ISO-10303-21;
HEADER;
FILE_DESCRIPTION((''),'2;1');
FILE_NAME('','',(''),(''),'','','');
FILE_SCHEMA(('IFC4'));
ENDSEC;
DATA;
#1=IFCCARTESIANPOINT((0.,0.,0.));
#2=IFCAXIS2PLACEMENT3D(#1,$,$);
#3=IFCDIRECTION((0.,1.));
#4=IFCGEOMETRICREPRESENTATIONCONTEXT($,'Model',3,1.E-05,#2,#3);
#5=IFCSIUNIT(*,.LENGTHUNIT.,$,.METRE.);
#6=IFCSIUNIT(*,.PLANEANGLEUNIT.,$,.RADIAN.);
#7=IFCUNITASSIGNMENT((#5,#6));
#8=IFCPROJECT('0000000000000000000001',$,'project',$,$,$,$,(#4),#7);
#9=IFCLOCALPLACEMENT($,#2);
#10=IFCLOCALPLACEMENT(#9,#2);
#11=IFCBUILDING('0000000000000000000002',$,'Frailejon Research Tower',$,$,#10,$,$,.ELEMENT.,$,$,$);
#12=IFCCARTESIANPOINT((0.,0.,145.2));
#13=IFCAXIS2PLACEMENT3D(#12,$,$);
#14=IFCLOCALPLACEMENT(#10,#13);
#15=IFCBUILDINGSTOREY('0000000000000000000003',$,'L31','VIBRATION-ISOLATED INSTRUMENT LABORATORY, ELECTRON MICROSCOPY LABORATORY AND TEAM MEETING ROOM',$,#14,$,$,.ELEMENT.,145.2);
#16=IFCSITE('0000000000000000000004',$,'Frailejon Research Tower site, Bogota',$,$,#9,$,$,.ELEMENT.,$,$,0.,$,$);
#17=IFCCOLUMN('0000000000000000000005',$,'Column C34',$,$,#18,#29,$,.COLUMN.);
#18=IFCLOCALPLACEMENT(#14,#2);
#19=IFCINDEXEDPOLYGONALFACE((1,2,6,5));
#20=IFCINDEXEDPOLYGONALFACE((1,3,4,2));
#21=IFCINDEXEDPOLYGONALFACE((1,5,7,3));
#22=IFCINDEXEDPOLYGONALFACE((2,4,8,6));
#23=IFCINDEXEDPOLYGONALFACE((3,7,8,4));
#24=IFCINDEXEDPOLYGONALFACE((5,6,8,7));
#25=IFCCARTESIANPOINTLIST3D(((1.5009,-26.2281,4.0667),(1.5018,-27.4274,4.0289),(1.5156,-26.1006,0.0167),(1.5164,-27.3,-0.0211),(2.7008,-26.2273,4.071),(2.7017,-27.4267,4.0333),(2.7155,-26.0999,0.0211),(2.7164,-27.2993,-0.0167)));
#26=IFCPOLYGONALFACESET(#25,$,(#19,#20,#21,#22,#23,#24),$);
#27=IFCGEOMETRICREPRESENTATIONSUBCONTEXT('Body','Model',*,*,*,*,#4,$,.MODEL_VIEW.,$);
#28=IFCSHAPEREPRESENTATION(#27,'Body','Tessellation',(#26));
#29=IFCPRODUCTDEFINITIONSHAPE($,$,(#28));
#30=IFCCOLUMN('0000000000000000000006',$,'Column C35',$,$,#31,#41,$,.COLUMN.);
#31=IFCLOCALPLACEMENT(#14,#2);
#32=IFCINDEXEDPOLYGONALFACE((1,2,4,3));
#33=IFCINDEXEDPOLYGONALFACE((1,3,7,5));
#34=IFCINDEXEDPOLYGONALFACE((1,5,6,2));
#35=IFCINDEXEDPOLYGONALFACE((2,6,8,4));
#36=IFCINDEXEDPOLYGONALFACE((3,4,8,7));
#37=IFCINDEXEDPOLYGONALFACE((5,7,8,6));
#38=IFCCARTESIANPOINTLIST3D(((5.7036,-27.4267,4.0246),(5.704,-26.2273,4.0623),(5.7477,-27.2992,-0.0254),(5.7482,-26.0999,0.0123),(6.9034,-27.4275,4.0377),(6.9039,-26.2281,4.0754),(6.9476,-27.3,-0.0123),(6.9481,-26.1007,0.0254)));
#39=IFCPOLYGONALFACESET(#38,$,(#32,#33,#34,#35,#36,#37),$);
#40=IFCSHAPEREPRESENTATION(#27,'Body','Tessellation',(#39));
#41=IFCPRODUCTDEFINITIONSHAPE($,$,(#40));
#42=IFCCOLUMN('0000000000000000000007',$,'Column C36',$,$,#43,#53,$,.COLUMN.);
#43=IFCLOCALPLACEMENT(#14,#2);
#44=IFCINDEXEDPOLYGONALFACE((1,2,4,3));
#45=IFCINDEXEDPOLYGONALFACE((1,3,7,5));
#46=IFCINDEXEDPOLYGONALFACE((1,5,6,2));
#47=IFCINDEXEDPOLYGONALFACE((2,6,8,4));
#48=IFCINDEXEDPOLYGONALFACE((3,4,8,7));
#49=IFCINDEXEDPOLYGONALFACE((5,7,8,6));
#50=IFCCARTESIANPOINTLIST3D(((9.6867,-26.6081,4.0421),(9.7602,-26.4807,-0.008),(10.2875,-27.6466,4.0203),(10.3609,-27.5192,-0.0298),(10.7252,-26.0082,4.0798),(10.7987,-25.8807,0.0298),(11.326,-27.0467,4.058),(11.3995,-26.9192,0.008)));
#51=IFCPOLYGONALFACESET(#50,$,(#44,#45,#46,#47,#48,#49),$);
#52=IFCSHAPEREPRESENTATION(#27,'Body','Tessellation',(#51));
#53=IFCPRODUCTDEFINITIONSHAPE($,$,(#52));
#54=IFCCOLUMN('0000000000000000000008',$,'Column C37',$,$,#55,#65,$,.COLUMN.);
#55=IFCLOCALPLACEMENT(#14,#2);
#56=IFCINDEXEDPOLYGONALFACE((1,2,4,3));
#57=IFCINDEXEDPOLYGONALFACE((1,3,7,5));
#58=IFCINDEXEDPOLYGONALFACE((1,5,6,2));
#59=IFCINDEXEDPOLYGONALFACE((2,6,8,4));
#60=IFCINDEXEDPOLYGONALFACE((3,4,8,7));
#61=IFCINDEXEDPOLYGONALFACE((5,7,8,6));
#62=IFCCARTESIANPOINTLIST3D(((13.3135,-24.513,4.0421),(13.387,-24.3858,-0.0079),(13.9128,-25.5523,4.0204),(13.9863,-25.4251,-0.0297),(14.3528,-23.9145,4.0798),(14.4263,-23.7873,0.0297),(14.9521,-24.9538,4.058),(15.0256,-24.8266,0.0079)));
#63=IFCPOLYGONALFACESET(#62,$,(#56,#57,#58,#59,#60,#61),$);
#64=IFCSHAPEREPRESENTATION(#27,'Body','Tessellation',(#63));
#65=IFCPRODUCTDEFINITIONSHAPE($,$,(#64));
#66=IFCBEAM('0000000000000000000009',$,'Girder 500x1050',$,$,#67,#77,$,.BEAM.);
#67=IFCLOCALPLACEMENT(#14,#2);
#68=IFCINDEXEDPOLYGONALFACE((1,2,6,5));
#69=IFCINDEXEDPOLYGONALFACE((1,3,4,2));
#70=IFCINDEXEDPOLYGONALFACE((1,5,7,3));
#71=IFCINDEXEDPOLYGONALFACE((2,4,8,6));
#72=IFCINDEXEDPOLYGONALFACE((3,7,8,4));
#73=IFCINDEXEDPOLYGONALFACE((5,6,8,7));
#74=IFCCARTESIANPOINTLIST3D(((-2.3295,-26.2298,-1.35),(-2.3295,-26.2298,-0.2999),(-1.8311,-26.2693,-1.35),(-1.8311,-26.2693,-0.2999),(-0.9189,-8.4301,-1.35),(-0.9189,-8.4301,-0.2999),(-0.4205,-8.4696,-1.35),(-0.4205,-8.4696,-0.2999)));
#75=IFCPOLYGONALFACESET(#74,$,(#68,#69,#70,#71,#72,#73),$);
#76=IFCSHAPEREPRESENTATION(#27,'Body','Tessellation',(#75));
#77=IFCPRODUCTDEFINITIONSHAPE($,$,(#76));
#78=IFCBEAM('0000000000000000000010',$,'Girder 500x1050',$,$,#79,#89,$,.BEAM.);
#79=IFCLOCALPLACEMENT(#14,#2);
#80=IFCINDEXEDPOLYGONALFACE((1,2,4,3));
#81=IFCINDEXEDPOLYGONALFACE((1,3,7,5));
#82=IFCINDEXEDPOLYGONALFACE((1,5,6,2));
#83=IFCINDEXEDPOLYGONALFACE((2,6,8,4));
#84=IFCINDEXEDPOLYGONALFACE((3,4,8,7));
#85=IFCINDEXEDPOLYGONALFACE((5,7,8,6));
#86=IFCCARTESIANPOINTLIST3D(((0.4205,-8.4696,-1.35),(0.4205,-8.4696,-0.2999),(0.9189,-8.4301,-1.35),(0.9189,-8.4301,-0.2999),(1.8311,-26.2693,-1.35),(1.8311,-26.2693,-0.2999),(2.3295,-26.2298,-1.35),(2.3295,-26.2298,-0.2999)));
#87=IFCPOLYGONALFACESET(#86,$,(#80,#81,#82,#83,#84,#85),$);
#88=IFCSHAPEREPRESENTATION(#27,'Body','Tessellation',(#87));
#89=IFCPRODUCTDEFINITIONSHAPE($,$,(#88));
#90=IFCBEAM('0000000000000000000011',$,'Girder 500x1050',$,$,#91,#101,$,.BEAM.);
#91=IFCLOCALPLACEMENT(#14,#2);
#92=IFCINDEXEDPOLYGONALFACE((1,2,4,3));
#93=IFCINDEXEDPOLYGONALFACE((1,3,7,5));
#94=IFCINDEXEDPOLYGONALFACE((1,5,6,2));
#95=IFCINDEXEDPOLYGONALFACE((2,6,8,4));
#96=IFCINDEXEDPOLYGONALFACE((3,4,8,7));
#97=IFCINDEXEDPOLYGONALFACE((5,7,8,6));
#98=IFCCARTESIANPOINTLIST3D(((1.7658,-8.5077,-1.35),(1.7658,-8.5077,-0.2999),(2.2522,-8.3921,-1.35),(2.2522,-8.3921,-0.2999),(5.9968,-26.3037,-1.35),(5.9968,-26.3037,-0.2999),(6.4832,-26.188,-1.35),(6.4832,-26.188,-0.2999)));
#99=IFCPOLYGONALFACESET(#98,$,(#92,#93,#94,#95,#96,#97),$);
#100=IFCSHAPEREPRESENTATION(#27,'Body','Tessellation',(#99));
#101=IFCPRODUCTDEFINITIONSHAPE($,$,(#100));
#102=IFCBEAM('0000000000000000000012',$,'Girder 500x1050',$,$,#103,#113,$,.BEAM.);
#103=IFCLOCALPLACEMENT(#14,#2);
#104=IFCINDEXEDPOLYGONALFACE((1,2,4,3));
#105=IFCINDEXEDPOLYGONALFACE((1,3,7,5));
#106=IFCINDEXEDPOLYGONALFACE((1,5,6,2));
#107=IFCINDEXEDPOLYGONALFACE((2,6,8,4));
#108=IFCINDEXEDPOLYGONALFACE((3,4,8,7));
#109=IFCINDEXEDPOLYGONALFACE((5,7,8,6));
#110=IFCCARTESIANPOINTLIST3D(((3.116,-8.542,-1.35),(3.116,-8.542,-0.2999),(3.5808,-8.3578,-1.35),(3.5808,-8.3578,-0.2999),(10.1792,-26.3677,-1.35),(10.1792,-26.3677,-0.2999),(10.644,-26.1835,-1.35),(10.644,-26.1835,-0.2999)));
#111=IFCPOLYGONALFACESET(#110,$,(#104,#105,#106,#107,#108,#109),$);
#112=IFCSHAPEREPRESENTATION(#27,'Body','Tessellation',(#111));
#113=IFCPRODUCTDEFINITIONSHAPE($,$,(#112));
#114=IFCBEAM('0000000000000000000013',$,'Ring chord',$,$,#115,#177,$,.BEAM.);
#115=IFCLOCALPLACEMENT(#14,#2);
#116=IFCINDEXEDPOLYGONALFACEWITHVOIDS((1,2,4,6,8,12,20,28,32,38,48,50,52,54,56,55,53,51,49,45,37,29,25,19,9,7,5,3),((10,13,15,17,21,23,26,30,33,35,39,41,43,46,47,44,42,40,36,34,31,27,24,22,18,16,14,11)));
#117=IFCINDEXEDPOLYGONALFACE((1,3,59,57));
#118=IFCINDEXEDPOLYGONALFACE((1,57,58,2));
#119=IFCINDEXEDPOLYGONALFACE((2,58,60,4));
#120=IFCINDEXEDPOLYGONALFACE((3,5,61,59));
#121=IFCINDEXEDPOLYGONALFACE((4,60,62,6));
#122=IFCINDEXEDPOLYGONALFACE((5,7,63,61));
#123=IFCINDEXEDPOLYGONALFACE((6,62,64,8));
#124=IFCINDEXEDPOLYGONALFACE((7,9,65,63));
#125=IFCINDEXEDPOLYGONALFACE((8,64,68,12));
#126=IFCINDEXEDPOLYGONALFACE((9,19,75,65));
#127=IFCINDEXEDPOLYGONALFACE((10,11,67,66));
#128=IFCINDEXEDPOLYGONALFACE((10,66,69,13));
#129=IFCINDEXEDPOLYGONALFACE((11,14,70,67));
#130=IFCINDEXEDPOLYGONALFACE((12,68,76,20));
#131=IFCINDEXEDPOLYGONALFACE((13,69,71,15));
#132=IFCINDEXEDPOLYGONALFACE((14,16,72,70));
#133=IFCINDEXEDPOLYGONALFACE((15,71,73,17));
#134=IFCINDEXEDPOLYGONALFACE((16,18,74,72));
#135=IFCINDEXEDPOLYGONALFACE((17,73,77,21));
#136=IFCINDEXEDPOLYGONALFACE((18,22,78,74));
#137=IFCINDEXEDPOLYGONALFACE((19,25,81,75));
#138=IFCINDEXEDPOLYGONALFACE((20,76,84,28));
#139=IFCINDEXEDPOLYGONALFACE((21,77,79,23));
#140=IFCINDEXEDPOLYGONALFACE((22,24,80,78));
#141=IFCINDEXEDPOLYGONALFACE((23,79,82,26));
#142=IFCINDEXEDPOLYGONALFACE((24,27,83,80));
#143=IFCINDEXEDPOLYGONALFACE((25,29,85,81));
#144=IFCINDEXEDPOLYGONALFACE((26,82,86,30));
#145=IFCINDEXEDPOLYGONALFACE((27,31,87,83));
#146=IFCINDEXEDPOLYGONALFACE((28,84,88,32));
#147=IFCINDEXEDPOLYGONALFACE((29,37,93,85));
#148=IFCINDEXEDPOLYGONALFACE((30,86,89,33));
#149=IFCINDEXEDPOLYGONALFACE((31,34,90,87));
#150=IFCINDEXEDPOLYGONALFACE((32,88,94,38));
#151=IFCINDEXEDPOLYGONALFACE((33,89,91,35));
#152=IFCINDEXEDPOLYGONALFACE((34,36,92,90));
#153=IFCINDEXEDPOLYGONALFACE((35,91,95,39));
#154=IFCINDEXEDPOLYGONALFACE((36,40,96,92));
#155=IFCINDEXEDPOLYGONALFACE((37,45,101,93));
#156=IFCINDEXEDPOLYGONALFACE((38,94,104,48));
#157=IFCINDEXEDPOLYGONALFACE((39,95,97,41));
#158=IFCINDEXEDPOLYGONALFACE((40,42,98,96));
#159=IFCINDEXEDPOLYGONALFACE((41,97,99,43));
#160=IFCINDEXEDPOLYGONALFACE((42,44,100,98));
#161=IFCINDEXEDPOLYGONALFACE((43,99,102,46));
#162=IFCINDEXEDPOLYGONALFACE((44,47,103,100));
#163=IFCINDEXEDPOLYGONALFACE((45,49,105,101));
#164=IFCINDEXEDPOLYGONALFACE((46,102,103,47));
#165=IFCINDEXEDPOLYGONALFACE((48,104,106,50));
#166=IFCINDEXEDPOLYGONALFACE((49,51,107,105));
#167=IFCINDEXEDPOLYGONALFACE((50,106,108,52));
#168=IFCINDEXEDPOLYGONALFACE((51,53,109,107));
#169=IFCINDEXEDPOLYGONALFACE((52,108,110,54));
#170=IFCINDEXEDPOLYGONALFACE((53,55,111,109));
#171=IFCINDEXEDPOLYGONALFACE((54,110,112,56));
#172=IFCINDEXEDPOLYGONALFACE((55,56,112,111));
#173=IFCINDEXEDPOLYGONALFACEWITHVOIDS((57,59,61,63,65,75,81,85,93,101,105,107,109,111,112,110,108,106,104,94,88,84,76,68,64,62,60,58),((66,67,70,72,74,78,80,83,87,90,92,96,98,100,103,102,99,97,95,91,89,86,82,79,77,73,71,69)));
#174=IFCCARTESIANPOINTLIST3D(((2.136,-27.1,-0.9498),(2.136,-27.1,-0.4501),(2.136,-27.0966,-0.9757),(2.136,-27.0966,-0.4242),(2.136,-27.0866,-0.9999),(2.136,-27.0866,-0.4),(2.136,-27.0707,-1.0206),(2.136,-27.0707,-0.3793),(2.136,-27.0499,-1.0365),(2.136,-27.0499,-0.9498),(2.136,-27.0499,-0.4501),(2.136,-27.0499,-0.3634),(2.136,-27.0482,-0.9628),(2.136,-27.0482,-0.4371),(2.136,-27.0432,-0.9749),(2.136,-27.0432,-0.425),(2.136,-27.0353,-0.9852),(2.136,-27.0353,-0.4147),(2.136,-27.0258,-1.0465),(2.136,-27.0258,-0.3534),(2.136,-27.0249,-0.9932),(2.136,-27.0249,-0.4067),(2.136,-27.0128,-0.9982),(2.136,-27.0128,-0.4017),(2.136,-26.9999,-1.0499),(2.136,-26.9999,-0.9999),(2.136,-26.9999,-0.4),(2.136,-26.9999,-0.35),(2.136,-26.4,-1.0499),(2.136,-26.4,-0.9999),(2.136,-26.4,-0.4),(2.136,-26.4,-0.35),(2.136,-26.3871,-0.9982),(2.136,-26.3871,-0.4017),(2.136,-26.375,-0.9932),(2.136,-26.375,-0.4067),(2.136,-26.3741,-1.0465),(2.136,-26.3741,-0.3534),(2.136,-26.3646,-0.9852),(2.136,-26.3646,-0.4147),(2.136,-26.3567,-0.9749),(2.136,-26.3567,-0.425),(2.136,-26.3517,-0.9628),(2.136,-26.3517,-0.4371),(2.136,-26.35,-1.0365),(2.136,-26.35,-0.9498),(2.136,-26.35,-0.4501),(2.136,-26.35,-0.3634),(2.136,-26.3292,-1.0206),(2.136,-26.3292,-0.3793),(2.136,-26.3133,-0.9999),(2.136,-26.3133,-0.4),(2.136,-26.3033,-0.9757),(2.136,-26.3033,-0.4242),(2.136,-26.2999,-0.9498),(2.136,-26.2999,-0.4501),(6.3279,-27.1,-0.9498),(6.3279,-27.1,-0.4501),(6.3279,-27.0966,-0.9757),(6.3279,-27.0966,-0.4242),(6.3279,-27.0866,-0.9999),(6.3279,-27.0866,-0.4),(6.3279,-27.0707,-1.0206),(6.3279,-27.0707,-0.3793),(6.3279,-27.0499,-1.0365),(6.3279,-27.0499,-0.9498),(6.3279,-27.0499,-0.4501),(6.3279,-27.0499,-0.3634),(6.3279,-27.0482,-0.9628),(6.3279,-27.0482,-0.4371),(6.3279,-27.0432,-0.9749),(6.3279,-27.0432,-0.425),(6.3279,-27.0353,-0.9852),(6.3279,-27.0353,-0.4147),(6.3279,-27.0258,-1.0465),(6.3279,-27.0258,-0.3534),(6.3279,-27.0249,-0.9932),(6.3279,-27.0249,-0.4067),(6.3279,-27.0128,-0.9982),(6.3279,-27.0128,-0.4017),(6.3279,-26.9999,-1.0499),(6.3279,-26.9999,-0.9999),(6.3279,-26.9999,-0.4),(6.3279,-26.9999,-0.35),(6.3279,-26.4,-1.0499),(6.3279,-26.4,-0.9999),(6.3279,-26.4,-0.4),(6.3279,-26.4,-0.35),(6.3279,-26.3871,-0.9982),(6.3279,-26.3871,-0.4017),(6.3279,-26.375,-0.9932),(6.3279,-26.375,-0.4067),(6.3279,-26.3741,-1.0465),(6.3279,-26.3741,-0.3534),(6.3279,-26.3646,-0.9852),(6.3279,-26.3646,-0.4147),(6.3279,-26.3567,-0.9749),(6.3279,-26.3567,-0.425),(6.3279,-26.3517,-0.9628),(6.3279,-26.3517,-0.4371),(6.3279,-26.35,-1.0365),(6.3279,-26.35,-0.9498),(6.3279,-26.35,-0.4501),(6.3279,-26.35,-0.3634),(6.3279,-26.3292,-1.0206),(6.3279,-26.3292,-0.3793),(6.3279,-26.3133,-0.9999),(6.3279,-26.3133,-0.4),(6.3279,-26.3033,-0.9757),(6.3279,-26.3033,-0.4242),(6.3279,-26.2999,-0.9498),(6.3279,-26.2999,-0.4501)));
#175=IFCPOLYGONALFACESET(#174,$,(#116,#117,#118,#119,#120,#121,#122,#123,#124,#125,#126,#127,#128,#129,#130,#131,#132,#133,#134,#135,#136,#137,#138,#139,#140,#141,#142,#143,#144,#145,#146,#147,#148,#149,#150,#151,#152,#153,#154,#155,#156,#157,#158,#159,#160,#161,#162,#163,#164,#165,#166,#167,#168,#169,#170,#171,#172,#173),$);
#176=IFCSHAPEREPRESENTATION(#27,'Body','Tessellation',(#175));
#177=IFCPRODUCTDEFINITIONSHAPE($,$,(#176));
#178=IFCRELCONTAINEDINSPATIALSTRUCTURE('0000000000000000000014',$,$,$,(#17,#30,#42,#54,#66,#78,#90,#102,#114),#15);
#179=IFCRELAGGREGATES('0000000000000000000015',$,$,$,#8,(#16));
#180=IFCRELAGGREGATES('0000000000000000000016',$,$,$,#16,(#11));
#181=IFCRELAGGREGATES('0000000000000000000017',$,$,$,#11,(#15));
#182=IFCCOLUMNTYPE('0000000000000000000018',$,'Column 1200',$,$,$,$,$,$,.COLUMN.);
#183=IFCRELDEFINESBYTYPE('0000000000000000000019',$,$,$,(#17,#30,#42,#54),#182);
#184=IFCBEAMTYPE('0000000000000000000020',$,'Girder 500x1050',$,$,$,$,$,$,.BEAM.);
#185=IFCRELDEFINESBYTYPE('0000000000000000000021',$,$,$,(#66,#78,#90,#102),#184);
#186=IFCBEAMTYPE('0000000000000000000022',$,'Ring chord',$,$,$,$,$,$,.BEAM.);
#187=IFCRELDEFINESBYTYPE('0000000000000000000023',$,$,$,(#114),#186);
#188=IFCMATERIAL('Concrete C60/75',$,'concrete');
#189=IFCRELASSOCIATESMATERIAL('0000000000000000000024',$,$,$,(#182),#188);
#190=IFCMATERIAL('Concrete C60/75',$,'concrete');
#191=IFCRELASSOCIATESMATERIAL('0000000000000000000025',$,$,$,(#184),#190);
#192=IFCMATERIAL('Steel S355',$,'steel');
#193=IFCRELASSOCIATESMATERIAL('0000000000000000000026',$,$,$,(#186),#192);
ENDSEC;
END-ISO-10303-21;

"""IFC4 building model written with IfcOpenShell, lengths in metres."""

from ifc_helpers import new_model, si_unit, direction, frame, origin, origin_2d, place, context, subcontext, project, spatial, rectangle, hollow_rectangle, extrude, material, material_profile, profile_set, type_object, element, save


model = new_model("IFC4")

# Units and contexts
model_context = context("Model", 3, precision=1e-05, world=origin(), true_north=direction((0.0, 1.0)))
body_context = subcontext(model_context, "Body", "Model", "MODEL_VIEW")
ifc_project = project(units=[si_unit("LENGTHUNIT", "METRE"), si_unit("PLANEANGLEUNIT", "RADIAN")], contexts=[model_context])

# Site, building, storey
site_placement = place(None, origin())
site = spatial("IfcSite", under=ifc_project, at=site_placement, Name="Frailejon Research Tower site, Bogota", CompositionType="ELEMENT", RefElevation=0.0)
building_placement = place(site_placement, origin())
building = spatial("IfcBuilding", under=site, at=building_placement, Name="Frailejon Research Tower", CompositionType="ELEMENT")
storey_placement = place(building_placement, frame((0.0, 0.0, 145.2)))
storey = spatial("IfcBuildingStorey", under=building, at=storey_placement, Name="L31", Description="VIBRATION-ISOLATED INSTRUMENT LABORATORY, ELECTRON MICROSCOPY LABORATORY AND TEAM MEETING ROOM", CompositionType="ELEMENT", Elevation=145.2)

# Columns
ifc_material_1 = material(Name="Concrete C60/75", Category="concrete")
ifc_material_profile_1 = material_profile(ifc_material_1, rectangle(XDim=1.2, YDim=1.2, at=origin_2d()), Name="Column 1200")
ifc_profile_set_1 = profile_set([ifc_material_profile_1], Name="Concrete C60/75")
column_type = type_object("IfcColumnType", Name="Column 1200", PredefinedType="COLUMN", material=ifc_profile_set_1)
column_1_placement = place(storey_placement, frame((2.116, -26.7, 0.0), z_axis=(-0.003615, -0.031451, 0.999499), x_axis=(0.999993, 0.000624, 0.003636)))
element("IfcColumn", 1, at=column_1_placement, inside=storey, type_object=column_type, Name="Column C34", PredefinedType="COLUMN", context=body_context, shape_type="SweptSolid", body=[
    extrude(rectangle(XDim=1.2, YDim=1.2, at=origin_2d()), origin(), (0.0, 0.0, 1.0), 4.052),
])
column_2_placement = place(storey_placement, frame((6.3479, -26.7, 0.0), z_axis=(-0.010905, -0.031449, 0.999446), x_axis=(0.99994, -0.000694, 0.010888)))
element("IfcColumn", 2, at=column_2_placement, inside=storey, type_object=column_type, Name="Column C35", PredefinedType="COLUMN", context=body_context, shape_type="SweptSolid", body=[
    extrude(rectangle(XDim=1.2, YDim=1.2, at=origin_2d()), origin(), (0.0, 0.0, 1.0), 4.0522),
])
for number, where, z_axis, x_axis, name in (
    (3, (10.5798, -26.7, 0.0), (-0.018133, -0.031446, 0.999341), (0.865469, 0.499975, 0.031436), "Column C36"),
    (4, (14.2063, -24.6062, 0.0), (-0.018133, -0.031386, 0.999343), (0.866156, 0.498787, 0.031381), "Column C37"),
):
    element("IfcColumn", number, at=place(storey_placement, frame(where, z_axis=z_axis, x_axis=x_axis)), inside=storey, type_object=column_type, Name=name, PredefinedType="COLUMN", context=body_context, shape_type="SweptSolid", body=[
        extrude(rectangle(XDim=1.2, YDim=1.2, at=origin_2d()), origin(), (0.0, 0.0, 1.0), 4.0527),
    ])

# Beams
ifc_material_2 = material(Name="Concrete C60/75", Category="concrete")
ifc_material_profile_2 = material_profile(ifc_material_2, rectangle(XDim=0.5, YDim=1.05, at=origin_2d()), Name="Girder 500x1050")
ifc_profile_set_2 = profile_set([ifc_material_profile_2], Name="Concrete C60/75")
beam_type_1 = type_object("IfcBeamType", Name="Girder 500x1050", PredefinedType="BEAM", material=ifc_profile_set_2)
for number, where, z_axis, x_axis, name in (
    (5, (-2.0803, -26.2495, -0.825), (0.079004, 0.996874, 0.0), (-0.996874, 0.079004, 0.0), "Girder 500x1050"),
    (6, (2.0803, -26.2495, -0.825), (-0.079004, 0.996874, 0.0), (-0.996874, -0.079004, 0.0), "Girder 500x1050"),
):
    element("IfcBeam", number, at=place(storey_placement, frame(where, z_axis=z_axis, x_axis=x_axis)), inside=storey, type_object=beam_type_1, Name=name, PredefinedType="BEAM", context=body_context, shape_type="SweptSolid", body=[
        extrude(rectangle(XDim=0.5, YDim=1.05, at=origin_2d()), origin(), (0.0, 0.0, 1.0), 17.8555),
    ])
beam_1_placement = place(storey_placement, frame((6.24, -26.2458, -0.825), z_axis=(-0.231302, 0.972882, 0.0), x_axis=(-0.972882, -0.231302, 0.0)))
element("IfcBeam", 7, at=beam_1_placement, inside=storey, type_object=beam_type_1, Name="Girder 500x1050", PredefinedType="BEAM", context=body_context, shape_type="SweptSolid", body=[
    extrude(rectangle(XDim=0.5, YDim=1.05, at=origin_2d()), origin(), (0.0, 0.0, 1.0), 18.292),
])
beam_2_placement = place(storey_placement, frame((10.4116, -26.2756, -0.825), z_axis=(-0.368375, 0.929677, 0.0), x_axis=(-0.929677, -0.368375, 0.0)))
element("IfcBeam", 8, at=beam_2_placement, inside=storey, type_object=beam_type_1, Name="Girder 500x1050", PredefinedType="BEAM", context=body_context, shape_type="SweptSolid", body=[
    extrude(rectangle(XDim=0.5, YDim=1.05, at=origin_2d()), origin(), (0.0, 0.0, 1.0), 19.1741),
])
ifc_material_3 = material(Name="Steel S355", Category="steel")
ifc_material_profile_3 = material_profile(ifc_material_3, hollow_rectangle(XDim=0.8, YDim=0.7, WallThickness=0.05, InnerFilletRadius=0.05, OuterFilletRadius=0.1001, at=origin_2d()), Name="Ring chord")
ifc_profile_set_3 = profile_set([ifc_material_profile_3], Name="Steel S355")
beam_type_2 = type_object("IfcBeamType", Name="Ring chord", PredefinedType="BEAM", material=ifc_profile_set_3)
for number, where, z_axis, x_axis, name in (
    (9, (2.136, -26.7, -0.7), (1.0, 0.0, 0.0), (0.0, 1.0, 0.0), "Ring chord"),
):
    element("IfcBeam", number, at=place(storey_placement, frame(where, z_axis=z_axis, x_axis=x_axis)), inside=storey, type_object=beam_type_2, Name=name, PredefinedType="BEAM", context=body_context, shape_type="SweptSolid", body=[
        extrude(hollow_rectangle(XDim=0.8, YDim=0.7, WallThickness=0.05, InnerFilletRadius=0.05, OuterFilletRadius=0.1001, at=origin_2d()), origin(), (0.0, 0.0, 1.0), 4.1919),
    ])

save(model, "model.ifc")
